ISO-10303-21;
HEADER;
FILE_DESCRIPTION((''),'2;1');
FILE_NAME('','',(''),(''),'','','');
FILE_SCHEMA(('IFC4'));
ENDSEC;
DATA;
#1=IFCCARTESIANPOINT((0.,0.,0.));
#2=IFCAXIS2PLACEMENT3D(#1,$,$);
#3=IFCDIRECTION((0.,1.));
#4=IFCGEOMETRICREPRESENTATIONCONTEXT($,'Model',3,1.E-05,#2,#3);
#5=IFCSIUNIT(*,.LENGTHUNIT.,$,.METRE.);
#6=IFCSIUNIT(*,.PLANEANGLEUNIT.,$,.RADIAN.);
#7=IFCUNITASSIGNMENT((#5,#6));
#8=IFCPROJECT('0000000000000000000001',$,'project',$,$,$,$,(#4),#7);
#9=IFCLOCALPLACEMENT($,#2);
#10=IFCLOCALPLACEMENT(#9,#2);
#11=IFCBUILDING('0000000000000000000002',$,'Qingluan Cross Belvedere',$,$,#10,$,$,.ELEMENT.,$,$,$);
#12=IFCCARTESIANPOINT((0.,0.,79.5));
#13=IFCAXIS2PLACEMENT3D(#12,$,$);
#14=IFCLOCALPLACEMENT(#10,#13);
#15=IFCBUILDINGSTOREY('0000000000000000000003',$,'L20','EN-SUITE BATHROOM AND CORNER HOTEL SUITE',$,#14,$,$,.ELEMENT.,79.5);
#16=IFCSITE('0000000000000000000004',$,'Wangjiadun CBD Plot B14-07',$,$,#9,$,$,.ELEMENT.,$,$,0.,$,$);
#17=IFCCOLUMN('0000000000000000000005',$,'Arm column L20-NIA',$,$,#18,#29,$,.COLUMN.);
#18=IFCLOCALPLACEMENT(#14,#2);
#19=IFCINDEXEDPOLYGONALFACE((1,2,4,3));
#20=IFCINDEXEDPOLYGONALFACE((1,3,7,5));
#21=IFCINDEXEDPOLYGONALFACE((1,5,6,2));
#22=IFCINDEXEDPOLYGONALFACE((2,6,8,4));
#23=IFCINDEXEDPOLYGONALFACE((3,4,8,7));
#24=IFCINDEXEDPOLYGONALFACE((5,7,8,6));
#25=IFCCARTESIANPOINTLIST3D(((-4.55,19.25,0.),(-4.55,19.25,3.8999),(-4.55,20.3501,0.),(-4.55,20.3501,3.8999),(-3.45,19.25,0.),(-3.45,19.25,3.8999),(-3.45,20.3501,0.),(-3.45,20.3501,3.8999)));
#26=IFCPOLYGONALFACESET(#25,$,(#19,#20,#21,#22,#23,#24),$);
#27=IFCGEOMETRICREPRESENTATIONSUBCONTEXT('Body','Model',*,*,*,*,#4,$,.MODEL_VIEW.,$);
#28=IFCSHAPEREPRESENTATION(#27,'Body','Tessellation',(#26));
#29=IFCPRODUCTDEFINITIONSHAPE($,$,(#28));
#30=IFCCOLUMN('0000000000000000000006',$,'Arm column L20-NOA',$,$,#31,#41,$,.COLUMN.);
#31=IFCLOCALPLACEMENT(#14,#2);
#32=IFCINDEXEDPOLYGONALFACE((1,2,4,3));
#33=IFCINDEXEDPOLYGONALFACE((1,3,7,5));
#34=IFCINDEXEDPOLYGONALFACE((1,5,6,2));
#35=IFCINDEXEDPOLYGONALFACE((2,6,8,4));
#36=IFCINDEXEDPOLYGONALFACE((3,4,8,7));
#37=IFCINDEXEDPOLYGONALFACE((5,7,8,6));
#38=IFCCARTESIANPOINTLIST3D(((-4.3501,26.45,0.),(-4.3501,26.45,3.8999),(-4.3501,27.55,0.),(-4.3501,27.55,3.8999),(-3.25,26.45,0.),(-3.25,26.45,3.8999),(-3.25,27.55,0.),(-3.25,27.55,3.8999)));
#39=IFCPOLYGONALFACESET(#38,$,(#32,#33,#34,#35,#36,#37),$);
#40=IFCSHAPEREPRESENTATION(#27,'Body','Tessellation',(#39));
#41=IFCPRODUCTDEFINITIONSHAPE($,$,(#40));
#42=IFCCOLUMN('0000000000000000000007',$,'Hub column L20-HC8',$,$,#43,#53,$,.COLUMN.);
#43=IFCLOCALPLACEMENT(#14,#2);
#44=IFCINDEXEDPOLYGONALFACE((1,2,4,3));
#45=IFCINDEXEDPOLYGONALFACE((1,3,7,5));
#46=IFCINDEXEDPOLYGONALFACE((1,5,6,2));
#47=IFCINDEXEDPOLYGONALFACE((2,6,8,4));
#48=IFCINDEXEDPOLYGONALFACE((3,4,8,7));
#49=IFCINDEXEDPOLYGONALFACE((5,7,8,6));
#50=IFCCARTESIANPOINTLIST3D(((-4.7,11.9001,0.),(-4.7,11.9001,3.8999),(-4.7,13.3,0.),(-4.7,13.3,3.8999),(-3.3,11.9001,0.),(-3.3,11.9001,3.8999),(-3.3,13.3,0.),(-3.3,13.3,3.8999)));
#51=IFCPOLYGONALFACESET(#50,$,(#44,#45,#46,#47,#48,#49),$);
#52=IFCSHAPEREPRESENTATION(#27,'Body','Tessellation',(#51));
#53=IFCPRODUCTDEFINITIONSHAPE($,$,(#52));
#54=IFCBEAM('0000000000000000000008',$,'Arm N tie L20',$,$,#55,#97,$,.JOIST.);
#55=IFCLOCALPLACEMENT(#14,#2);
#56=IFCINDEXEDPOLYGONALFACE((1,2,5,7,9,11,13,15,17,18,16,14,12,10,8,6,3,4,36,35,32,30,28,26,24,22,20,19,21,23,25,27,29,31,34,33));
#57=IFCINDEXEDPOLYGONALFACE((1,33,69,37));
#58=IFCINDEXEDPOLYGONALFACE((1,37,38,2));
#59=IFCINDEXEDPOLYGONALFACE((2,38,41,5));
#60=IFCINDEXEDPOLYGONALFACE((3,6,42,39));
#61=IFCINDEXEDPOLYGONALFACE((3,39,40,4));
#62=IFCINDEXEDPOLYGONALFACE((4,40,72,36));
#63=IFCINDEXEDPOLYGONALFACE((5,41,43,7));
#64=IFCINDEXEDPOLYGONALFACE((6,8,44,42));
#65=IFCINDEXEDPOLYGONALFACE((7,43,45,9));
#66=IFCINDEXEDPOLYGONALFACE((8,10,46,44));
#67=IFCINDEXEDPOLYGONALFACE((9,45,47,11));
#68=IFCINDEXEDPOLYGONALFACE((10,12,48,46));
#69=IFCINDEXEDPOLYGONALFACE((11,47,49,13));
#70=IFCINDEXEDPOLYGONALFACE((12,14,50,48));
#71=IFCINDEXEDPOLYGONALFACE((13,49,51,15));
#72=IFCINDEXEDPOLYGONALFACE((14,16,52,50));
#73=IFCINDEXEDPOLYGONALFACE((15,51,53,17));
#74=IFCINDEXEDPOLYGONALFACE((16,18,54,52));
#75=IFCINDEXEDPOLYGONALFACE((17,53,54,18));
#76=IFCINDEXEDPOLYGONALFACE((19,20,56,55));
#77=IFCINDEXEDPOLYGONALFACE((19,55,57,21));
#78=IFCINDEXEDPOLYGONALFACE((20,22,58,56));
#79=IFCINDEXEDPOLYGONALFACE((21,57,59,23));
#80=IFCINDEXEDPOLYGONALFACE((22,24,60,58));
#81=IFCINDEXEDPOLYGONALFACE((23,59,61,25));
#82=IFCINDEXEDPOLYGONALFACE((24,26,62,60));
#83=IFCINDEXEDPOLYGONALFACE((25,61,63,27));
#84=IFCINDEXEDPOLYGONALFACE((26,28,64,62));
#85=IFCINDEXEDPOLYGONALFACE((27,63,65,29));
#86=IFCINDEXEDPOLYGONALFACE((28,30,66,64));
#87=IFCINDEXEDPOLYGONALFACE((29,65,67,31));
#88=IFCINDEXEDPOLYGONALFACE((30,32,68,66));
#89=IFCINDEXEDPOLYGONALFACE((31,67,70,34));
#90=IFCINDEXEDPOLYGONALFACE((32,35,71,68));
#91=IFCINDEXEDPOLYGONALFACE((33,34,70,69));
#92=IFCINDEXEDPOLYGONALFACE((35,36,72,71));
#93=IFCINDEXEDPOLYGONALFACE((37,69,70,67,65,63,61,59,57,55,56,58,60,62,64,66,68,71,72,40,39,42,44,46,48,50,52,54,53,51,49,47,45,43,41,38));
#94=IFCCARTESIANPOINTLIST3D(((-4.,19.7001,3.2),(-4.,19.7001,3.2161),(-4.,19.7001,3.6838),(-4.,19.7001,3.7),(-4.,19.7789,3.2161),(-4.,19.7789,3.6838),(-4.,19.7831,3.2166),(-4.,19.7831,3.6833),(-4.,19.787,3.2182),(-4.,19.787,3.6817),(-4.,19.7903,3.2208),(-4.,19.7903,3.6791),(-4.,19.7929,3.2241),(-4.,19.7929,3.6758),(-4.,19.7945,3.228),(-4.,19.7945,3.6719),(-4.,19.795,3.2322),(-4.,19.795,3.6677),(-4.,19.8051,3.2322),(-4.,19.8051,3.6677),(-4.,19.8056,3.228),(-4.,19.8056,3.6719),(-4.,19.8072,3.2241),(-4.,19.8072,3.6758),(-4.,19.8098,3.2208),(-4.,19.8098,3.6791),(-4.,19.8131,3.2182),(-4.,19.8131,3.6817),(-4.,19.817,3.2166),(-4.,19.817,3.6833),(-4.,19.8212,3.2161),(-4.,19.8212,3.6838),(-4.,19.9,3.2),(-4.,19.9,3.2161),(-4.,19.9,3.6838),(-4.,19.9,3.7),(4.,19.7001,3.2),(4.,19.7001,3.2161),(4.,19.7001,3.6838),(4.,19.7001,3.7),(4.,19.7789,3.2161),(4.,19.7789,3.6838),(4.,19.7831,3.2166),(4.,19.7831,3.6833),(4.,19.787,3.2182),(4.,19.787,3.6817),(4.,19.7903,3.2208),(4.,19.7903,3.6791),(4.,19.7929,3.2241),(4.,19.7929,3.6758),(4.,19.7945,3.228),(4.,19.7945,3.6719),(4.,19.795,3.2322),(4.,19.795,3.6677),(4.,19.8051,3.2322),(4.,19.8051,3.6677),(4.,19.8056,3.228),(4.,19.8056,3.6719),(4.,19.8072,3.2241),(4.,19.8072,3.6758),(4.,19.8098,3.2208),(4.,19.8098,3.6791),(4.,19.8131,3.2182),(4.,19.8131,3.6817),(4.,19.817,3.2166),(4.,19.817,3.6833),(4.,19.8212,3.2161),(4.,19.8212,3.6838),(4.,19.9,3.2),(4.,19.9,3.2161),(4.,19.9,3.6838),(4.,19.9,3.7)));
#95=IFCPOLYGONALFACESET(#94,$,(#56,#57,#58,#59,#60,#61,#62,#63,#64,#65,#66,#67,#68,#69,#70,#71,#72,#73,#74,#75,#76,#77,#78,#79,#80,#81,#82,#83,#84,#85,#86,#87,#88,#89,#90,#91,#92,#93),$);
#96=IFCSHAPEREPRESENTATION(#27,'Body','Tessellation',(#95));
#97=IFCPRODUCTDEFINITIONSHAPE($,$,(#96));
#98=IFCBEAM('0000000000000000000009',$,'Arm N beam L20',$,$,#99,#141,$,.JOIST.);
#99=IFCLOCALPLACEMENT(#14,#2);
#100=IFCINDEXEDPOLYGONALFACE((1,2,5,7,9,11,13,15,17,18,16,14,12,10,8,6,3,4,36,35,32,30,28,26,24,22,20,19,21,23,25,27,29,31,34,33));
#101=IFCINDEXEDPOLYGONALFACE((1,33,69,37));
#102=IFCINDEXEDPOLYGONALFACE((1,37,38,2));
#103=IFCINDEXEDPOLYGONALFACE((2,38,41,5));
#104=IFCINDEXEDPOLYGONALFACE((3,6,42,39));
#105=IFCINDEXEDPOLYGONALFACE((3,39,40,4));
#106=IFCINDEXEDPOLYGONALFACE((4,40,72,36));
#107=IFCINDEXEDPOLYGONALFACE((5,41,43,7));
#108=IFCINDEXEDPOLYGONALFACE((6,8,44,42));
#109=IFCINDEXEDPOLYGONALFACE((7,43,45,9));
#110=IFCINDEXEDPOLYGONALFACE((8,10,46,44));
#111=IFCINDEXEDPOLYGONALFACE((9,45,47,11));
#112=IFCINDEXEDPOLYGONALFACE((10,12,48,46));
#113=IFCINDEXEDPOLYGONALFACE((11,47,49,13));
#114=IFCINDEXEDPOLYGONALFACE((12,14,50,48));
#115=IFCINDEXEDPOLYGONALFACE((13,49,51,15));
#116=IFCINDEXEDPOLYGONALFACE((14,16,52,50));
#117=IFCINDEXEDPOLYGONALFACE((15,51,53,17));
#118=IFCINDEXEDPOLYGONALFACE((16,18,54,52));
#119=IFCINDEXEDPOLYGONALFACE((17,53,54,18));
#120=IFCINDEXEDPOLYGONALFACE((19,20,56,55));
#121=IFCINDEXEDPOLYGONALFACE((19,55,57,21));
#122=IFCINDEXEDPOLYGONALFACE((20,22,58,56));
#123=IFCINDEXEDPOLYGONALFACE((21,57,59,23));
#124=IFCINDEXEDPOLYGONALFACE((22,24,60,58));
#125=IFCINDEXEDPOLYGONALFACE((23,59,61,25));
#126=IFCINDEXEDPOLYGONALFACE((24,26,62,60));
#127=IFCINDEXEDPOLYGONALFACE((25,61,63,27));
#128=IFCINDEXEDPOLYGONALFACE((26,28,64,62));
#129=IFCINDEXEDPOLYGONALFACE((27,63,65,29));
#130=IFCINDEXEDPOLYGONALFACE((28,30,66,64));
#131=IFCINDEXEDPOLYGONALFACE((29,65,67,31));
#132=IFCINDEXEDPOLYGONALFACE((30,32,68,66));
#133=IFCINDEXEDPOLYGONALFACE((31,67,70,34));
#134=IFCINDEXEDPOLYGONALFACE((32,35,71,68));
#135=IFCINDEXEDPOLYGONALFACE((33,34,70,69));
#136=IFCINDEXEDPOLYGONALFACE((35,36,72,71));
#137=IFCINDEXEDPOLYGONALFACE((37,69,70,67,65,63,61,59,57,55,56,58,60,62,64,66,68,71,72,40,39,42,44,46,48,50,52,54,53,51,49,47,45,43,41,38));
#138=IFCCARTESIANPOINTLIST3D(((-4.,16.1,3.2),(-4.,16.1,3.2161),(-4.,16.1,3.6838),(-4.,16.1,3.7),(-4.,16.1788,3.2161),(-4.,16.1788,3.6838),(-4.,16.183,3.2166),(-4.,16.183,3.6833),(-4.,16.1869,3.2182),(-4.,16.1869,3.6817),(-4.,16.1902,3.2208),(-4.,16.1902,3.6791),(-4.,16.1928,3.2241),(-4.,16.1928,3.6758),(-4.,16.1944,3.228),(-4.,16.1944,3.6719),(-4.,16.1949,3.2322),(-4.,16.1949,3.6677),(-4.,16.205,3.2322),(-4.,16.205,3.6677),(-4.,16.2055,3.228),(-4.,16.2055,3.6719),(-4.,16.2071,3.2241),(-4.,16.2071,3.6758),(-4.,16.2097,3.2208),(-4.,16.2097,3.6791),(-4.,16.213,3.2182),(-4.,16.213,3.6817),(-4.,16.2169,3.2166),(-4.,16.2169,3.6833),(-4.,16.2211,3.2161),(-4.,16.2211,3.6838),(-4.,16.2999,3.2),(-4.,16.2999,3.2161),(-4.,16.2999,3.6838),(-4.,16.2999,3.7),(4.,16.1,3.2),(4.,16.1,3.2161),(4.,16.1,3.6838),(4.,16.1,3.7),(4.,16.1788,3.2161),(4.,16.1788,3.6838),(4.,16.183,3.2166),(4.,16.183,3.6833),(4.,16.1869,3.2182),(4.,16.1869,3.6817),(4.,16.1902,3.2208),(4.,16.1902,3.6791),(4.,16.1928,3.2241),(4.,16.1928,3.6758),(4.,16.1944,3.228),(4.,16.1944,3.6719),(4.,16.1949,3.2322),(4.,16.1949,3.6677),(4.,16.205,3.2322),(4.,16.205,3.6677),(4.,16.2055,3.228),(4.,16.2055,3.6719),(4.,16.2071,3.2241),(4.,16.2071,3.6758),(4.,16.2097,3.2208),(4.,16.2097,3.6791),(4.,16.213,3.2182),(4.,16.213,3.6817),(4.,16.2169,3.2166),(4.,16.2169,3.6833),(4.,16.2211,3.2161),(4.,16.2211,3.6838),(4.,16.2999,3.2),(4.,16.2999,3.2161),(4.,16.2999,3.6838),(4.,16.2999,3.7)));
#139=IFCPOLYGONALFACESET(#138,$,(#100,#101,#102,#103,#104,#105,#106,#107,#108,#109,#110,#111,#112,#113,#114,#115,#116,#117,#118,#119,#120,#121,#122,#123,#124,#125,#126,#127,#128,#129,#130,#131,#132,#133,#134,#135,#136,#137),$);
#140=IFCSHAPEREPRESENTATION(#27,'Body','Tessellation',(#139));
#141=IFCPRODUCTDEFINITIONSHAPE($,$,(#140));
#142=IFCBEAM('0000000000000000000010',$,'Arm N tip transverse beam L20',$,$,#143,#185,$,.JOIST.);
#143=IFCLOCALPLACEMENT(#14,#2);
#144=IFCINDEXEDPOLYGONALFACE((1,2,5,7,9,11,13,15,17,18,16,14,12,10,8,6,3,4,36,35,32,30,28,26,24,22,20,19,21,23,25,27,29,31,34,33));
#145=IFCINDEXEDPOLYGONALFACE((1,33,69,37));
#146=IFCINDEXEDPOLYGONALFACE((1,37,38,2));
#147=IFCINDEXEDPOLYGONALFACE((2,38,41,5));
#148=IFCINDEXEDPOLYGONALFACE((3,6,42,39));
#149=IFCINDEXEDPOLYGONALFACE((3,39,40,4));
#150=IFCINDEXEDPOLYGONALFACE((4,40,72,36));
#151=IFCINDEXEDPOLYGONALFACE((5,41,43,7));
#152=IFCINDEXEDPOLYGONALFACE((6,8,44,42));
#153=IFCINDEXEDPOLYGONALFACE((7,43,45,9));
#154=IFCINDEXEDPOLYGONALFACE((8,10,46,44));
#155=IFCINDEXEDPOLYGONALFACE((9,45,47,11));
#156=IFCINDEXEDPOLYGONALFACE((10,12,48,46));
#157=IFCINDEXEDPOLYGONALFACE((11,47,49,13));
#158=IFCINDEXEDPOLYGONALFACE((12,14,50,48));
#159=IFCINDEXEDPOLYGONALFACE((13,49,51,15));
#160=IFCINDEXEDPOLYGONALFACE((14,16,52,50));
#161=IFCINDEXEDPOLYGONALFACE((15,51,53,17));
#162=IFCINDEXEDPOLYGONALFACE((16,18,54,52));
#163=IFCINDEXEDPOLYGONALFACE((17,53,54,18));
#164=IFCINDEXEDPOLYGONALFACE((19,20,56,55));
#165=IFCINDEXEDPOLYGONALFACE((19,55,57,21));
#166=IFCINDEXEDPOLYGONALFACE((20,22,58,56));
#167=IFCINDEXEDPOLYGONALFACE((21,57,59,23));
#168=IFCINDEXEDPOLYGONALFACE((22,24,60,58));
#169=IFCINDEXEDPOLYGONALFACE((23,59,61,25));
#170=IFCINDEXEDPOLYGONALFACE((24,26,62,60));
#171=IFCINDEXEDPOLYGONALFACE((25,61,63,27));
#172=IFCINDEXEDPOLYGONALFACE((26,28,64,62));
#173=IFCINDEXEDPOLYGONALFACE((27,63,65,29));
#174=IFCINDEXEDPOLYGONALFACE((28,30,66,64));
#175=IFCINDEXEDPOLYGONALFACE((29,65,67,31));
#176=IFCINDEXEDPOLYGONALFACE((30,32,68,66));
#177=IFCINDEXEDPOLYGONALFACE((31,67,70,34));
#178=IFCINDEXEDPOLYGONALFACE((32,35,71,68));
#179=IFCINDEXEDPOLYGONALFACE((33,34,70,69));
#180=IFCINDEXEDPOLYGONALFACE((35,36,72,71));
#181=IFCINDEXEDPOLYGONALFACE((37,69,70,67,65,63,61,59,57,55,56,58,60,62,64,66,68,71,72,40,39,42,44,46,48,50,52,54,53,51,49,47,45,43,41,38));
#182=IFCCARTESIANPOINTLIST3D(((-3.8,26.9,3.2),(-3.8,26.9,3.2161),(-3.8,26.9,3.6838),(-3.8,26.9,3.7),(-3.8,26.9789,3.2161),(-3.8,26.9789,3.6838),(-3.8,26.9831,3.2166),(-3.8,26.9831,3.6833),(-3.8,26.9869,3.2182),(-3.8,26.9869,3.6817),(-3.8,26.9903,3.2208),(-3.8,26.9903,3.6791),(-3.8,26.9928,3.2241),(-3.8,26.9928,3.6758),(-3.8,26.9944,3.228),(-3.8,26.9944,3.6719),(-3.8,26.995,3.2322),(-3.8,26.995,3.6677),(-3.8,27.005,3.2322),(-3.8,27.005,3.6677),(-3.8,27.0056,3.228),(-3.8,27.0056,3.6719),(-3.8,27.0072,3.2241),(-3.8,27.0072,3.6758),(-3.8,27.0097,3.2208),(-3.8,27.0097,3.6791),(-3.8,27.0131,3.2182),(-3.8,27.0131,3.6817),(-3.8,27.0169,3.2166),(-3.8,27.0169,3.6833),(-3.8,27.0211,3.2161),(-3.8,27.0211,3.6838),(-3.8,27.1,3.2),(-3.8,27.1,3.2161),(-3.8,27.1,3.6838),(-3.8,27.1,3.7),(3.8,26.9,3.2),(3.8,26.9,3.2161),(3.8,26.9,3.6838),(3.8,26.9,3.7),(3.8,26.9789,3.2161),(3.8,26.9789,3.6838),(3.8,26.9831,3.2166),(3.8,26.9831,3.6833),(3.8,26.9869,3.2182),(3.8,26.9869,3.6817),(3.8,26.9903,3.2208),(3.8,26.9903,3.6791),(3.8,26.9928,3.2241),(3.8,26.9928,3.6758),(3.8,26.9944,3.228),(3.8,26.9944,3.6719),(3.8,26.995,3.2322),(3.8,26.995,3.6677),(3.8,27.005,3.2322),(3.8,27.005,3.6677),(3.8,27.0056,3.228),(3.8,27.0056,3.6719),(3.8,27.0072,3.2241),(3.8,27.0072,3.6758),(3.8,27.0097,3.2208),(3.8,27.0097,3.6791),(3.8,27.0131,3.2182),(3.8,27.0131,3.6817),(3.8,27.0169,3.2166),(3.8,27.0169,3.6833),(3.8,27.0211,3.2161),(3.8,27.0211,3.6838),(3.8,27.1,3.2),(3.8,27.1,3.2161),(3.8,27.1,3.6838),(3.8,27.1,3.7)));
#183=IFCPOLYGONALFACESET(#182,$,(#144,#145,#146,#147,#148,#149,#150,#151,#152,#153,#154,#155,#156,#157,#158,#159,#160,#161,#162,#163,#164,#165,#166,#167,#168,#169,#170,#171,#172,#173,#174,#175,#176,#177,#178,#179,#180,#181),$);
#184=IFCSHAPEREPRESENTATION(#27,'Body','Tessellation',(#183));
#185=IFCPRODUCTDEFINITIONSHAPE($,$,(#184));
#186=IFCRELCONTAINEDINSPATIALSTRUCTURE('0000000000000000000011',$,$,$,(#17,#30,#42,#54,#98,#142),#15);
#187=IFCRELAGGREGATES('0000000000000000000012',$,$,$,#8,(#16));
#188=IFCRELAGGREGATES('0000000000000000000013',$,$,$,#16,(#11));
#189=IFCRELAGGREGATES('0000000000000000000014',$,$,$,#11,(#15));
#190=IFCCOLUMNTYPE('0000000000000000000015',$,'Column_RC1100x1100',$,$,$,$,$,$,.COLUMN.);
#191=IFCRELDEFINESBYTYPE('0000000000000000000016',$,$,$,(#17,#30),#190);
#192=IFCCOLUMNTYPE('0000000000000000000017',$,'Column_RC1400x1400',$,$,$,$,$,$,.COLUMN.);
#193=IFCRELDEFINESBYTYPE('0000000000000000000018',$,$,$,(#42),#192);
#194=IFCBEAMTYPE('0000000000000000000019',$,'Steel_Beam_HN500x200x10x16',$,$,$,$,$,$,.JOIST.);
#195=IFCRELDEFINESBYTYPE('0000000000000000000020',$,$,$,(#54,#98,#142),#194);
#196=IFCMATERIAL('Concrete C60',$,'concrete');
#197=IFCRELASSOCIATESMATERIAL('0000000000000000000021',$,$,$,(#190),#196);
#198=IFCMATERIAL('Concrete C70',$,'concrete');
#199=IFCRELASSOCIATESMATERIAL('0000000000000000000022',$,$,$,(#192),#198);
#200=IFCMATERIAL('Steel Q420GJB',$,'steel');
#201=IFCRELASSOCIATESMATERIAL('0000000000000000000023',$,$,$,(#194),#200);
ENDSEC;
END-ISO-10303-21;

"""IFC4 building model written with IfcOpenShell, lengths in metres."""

from ifc_helpers import new_model, si_unit, direction, frame, origin, origin_2d, place, context, subcontext, project, spatial, rectangle, i_section, extrude, material, material_profile, profile_set, type_object, element, save


model = new_model("IFC4")

# Units and contexts
model_context = context("Model", 3, precision=1e-05, world=origin(), true_north=direction((0.0, 1.0)))
body_context = subcontext(model_context, "Body", "Model", "MODEL_VIEW")
ifc_project = project(units=[si_unit("LENGTHUNIT", "METRE"), si_unit("PLANEANGLEUNIT", "RADIAN")], contexts=[model_context])

# Site, building, storey
site_placement = place(None, origin())
site = spatial("IfcSite", under=ifc_project, at=site_placement, Name="Wangjiadun CBD Plot B14-07", CompositionType="ELEMENT", RefElevation=0.0)
building_placement = place(site_placement, origin())
building = spatial("IfcBuilding", under=site, at=building_placement, Name="Qingluan Cross Belvedere", CompositionType="ELEMENT")
storey_placement = place(building_placement, frame((0.0, 0.0, 79.5)))
storey = spatial("IfcBuildingStorey", under=building, at=storey_placement, Name="L20", Description="EN-SUITE BATHROOM AND CORNER HOTEL SUITE", CompositionType="ELEMENT", Elevation=79.5)

# Columns
ifc_material_1 = material(Name="Concrete C60", Category="concrete")
ifc_material_profile_1 = material_profile(ifc_material_1, rectangle(XDim=1.1001, YDim=1.1001, at=origin_2d()), Name="RC1100x1100")
ifc_profile_set_1 = profile_set([ifc_material_profile_1], Name="Concrete C60")
column_type_1 = type_object("IfcColumnType", Name="Column_RC1100x1100", PredefinedType="COLUMN", material=ifc_profile_set_1)
for number, where, z_axis, x_axis, name in (
    (1, (-4.0, 19.8, 0.0), (0.0, 0.0, 1.0), (1.0, 0.0, 0.0), "Arm column L20-NIA"),
    (2, (-3.8, 27.0, 0.0), (0.0, 0.0, 1.0), (1.0, 0.0, 0.0), "Arm column L20-NOA"),
):
    element("IfcColumn", number, at=place(storey_placement, frame(where, z_axis=z_axis, x_axis=x_axis)), inside=storey, type_object=column_type_1, Name=name, PredefinedType="COLUMN", context=body_context, shape_type="SweptSolid", body=[
        extrude(rectangle(XDim=1.1001, YDim=1.1001, at=origin_2d()), origin(), (0.0, 0.0, 1.0), 3.8999),
    ])
ifc_material_2 = material(Name="Concrete C70", Category="concrete")
ifc_material_profile_2 = material_profile(ifc_material_2, rectangle(XDim=1.3999, YDim=1.3999, at=origin_2d()), Name="RC1400x1400")
ifc_profile_set_2 = profile_set([ifc_material_profile_2], Name="Concrete C70")
column_type_2 = type_object("IfcColumnType", Name="Column_RC1400x1400", PredefinedType="COLUMN", material=ifc_profile_set_2)
column_placement = place(storey_placement, frame((-4.0, 12.6001, 0.0), z_axis=(0.0, 0.0, 1.0), x_axis=(1.0, 0.0, 0.0)))
element("IfcColumn", 3, at=column_placement, inside=storey, type_object=column_type_2, Name="Hub column L20-HC8", PredefinedType="COLUMN", context=body_context, shape_type="SweptSolid", body=[
    extrude(rectangle(XDim=1.3999, YDim=1.3999, at=origin_2d()), origin(), (0.0, 0.0, 1.0), 3.8999),
])

# Beams
ifc_material_3 = material(Name="Steel Q420GJB", Category="steel")
ifc_material_profile_3 = material_profile(ifc_material_3, i_section(OverallWidth=0.2, OverallDepth=0.5, WebThickness=0.01, FlangeThickness=0.0161, FilletRadius=0.0161, at=origin_2d()), Name="HN500x200x10x16")
ifc_profile_set_3 = profile_set([ifc_material_profile_3], Name="Steel Q420GJB")
beam_type_1 = type_object("IfcBeamType", Name="Steel_Beam_HN500x200x10x16", PredefinedType="JOIST", material=ifc_profile_set_3)
for number, where, z_axis, x_axis, name in (
    (4, (-4.0, 19.8, 3.45), (1.0, 0.0, 0.0), (0.0, 1.0, 0.0), "Arm N tie L20"),
    (5, (-4.0, 16.2, 3.45), (1.0, 0.0, 0.0), (0.0, 1.0, 0.0), "Arm N beam L20"),
):
    element("IfcBeam", number, at=place(storey_placement, frame(where, z_axis=z_axis, x_axis=x_axis)), inside=storey, type_object=beam_type_1, Name=name, PredefinedType="JOIST", context=body_context, shape_type="SweptSolid", body=[
        extrude(i_section(OverallWidth=0.2, OverallDepth=0.5, WebThickness=0.01, FlangeThickness=0.0161, FilletRadius=0.0161, at=origin_2d()), origin(), (0.0, 0.0, 1.0), 8.0),
    ])
beam_1_placement = place(storey_placement, frame((-3.8, 27.0, 3.45), z_axis=(1.0, 0.0, 0.0), x_axis=(0.0, 1.0, 0.0)))
element("IfcBeam", 6, at=beam_1_placement, inside=storey, type_object=beam_type_1, Name="Arm N tip transverse beam L20", PredefinedType="JOIST", context=body_context, shape_type="SweptSolid", body=[
    extrude(i_section(OverallWidth=0.2, OverallDepth=0.5, WebThickness=0.01, FlangeThickness=0.0161, FilletRadius=0.0161, at=origin_2d()), origin(), (0.0, 0.0, 1.0), 7.6001),
])

save(model, "model.ifc")
